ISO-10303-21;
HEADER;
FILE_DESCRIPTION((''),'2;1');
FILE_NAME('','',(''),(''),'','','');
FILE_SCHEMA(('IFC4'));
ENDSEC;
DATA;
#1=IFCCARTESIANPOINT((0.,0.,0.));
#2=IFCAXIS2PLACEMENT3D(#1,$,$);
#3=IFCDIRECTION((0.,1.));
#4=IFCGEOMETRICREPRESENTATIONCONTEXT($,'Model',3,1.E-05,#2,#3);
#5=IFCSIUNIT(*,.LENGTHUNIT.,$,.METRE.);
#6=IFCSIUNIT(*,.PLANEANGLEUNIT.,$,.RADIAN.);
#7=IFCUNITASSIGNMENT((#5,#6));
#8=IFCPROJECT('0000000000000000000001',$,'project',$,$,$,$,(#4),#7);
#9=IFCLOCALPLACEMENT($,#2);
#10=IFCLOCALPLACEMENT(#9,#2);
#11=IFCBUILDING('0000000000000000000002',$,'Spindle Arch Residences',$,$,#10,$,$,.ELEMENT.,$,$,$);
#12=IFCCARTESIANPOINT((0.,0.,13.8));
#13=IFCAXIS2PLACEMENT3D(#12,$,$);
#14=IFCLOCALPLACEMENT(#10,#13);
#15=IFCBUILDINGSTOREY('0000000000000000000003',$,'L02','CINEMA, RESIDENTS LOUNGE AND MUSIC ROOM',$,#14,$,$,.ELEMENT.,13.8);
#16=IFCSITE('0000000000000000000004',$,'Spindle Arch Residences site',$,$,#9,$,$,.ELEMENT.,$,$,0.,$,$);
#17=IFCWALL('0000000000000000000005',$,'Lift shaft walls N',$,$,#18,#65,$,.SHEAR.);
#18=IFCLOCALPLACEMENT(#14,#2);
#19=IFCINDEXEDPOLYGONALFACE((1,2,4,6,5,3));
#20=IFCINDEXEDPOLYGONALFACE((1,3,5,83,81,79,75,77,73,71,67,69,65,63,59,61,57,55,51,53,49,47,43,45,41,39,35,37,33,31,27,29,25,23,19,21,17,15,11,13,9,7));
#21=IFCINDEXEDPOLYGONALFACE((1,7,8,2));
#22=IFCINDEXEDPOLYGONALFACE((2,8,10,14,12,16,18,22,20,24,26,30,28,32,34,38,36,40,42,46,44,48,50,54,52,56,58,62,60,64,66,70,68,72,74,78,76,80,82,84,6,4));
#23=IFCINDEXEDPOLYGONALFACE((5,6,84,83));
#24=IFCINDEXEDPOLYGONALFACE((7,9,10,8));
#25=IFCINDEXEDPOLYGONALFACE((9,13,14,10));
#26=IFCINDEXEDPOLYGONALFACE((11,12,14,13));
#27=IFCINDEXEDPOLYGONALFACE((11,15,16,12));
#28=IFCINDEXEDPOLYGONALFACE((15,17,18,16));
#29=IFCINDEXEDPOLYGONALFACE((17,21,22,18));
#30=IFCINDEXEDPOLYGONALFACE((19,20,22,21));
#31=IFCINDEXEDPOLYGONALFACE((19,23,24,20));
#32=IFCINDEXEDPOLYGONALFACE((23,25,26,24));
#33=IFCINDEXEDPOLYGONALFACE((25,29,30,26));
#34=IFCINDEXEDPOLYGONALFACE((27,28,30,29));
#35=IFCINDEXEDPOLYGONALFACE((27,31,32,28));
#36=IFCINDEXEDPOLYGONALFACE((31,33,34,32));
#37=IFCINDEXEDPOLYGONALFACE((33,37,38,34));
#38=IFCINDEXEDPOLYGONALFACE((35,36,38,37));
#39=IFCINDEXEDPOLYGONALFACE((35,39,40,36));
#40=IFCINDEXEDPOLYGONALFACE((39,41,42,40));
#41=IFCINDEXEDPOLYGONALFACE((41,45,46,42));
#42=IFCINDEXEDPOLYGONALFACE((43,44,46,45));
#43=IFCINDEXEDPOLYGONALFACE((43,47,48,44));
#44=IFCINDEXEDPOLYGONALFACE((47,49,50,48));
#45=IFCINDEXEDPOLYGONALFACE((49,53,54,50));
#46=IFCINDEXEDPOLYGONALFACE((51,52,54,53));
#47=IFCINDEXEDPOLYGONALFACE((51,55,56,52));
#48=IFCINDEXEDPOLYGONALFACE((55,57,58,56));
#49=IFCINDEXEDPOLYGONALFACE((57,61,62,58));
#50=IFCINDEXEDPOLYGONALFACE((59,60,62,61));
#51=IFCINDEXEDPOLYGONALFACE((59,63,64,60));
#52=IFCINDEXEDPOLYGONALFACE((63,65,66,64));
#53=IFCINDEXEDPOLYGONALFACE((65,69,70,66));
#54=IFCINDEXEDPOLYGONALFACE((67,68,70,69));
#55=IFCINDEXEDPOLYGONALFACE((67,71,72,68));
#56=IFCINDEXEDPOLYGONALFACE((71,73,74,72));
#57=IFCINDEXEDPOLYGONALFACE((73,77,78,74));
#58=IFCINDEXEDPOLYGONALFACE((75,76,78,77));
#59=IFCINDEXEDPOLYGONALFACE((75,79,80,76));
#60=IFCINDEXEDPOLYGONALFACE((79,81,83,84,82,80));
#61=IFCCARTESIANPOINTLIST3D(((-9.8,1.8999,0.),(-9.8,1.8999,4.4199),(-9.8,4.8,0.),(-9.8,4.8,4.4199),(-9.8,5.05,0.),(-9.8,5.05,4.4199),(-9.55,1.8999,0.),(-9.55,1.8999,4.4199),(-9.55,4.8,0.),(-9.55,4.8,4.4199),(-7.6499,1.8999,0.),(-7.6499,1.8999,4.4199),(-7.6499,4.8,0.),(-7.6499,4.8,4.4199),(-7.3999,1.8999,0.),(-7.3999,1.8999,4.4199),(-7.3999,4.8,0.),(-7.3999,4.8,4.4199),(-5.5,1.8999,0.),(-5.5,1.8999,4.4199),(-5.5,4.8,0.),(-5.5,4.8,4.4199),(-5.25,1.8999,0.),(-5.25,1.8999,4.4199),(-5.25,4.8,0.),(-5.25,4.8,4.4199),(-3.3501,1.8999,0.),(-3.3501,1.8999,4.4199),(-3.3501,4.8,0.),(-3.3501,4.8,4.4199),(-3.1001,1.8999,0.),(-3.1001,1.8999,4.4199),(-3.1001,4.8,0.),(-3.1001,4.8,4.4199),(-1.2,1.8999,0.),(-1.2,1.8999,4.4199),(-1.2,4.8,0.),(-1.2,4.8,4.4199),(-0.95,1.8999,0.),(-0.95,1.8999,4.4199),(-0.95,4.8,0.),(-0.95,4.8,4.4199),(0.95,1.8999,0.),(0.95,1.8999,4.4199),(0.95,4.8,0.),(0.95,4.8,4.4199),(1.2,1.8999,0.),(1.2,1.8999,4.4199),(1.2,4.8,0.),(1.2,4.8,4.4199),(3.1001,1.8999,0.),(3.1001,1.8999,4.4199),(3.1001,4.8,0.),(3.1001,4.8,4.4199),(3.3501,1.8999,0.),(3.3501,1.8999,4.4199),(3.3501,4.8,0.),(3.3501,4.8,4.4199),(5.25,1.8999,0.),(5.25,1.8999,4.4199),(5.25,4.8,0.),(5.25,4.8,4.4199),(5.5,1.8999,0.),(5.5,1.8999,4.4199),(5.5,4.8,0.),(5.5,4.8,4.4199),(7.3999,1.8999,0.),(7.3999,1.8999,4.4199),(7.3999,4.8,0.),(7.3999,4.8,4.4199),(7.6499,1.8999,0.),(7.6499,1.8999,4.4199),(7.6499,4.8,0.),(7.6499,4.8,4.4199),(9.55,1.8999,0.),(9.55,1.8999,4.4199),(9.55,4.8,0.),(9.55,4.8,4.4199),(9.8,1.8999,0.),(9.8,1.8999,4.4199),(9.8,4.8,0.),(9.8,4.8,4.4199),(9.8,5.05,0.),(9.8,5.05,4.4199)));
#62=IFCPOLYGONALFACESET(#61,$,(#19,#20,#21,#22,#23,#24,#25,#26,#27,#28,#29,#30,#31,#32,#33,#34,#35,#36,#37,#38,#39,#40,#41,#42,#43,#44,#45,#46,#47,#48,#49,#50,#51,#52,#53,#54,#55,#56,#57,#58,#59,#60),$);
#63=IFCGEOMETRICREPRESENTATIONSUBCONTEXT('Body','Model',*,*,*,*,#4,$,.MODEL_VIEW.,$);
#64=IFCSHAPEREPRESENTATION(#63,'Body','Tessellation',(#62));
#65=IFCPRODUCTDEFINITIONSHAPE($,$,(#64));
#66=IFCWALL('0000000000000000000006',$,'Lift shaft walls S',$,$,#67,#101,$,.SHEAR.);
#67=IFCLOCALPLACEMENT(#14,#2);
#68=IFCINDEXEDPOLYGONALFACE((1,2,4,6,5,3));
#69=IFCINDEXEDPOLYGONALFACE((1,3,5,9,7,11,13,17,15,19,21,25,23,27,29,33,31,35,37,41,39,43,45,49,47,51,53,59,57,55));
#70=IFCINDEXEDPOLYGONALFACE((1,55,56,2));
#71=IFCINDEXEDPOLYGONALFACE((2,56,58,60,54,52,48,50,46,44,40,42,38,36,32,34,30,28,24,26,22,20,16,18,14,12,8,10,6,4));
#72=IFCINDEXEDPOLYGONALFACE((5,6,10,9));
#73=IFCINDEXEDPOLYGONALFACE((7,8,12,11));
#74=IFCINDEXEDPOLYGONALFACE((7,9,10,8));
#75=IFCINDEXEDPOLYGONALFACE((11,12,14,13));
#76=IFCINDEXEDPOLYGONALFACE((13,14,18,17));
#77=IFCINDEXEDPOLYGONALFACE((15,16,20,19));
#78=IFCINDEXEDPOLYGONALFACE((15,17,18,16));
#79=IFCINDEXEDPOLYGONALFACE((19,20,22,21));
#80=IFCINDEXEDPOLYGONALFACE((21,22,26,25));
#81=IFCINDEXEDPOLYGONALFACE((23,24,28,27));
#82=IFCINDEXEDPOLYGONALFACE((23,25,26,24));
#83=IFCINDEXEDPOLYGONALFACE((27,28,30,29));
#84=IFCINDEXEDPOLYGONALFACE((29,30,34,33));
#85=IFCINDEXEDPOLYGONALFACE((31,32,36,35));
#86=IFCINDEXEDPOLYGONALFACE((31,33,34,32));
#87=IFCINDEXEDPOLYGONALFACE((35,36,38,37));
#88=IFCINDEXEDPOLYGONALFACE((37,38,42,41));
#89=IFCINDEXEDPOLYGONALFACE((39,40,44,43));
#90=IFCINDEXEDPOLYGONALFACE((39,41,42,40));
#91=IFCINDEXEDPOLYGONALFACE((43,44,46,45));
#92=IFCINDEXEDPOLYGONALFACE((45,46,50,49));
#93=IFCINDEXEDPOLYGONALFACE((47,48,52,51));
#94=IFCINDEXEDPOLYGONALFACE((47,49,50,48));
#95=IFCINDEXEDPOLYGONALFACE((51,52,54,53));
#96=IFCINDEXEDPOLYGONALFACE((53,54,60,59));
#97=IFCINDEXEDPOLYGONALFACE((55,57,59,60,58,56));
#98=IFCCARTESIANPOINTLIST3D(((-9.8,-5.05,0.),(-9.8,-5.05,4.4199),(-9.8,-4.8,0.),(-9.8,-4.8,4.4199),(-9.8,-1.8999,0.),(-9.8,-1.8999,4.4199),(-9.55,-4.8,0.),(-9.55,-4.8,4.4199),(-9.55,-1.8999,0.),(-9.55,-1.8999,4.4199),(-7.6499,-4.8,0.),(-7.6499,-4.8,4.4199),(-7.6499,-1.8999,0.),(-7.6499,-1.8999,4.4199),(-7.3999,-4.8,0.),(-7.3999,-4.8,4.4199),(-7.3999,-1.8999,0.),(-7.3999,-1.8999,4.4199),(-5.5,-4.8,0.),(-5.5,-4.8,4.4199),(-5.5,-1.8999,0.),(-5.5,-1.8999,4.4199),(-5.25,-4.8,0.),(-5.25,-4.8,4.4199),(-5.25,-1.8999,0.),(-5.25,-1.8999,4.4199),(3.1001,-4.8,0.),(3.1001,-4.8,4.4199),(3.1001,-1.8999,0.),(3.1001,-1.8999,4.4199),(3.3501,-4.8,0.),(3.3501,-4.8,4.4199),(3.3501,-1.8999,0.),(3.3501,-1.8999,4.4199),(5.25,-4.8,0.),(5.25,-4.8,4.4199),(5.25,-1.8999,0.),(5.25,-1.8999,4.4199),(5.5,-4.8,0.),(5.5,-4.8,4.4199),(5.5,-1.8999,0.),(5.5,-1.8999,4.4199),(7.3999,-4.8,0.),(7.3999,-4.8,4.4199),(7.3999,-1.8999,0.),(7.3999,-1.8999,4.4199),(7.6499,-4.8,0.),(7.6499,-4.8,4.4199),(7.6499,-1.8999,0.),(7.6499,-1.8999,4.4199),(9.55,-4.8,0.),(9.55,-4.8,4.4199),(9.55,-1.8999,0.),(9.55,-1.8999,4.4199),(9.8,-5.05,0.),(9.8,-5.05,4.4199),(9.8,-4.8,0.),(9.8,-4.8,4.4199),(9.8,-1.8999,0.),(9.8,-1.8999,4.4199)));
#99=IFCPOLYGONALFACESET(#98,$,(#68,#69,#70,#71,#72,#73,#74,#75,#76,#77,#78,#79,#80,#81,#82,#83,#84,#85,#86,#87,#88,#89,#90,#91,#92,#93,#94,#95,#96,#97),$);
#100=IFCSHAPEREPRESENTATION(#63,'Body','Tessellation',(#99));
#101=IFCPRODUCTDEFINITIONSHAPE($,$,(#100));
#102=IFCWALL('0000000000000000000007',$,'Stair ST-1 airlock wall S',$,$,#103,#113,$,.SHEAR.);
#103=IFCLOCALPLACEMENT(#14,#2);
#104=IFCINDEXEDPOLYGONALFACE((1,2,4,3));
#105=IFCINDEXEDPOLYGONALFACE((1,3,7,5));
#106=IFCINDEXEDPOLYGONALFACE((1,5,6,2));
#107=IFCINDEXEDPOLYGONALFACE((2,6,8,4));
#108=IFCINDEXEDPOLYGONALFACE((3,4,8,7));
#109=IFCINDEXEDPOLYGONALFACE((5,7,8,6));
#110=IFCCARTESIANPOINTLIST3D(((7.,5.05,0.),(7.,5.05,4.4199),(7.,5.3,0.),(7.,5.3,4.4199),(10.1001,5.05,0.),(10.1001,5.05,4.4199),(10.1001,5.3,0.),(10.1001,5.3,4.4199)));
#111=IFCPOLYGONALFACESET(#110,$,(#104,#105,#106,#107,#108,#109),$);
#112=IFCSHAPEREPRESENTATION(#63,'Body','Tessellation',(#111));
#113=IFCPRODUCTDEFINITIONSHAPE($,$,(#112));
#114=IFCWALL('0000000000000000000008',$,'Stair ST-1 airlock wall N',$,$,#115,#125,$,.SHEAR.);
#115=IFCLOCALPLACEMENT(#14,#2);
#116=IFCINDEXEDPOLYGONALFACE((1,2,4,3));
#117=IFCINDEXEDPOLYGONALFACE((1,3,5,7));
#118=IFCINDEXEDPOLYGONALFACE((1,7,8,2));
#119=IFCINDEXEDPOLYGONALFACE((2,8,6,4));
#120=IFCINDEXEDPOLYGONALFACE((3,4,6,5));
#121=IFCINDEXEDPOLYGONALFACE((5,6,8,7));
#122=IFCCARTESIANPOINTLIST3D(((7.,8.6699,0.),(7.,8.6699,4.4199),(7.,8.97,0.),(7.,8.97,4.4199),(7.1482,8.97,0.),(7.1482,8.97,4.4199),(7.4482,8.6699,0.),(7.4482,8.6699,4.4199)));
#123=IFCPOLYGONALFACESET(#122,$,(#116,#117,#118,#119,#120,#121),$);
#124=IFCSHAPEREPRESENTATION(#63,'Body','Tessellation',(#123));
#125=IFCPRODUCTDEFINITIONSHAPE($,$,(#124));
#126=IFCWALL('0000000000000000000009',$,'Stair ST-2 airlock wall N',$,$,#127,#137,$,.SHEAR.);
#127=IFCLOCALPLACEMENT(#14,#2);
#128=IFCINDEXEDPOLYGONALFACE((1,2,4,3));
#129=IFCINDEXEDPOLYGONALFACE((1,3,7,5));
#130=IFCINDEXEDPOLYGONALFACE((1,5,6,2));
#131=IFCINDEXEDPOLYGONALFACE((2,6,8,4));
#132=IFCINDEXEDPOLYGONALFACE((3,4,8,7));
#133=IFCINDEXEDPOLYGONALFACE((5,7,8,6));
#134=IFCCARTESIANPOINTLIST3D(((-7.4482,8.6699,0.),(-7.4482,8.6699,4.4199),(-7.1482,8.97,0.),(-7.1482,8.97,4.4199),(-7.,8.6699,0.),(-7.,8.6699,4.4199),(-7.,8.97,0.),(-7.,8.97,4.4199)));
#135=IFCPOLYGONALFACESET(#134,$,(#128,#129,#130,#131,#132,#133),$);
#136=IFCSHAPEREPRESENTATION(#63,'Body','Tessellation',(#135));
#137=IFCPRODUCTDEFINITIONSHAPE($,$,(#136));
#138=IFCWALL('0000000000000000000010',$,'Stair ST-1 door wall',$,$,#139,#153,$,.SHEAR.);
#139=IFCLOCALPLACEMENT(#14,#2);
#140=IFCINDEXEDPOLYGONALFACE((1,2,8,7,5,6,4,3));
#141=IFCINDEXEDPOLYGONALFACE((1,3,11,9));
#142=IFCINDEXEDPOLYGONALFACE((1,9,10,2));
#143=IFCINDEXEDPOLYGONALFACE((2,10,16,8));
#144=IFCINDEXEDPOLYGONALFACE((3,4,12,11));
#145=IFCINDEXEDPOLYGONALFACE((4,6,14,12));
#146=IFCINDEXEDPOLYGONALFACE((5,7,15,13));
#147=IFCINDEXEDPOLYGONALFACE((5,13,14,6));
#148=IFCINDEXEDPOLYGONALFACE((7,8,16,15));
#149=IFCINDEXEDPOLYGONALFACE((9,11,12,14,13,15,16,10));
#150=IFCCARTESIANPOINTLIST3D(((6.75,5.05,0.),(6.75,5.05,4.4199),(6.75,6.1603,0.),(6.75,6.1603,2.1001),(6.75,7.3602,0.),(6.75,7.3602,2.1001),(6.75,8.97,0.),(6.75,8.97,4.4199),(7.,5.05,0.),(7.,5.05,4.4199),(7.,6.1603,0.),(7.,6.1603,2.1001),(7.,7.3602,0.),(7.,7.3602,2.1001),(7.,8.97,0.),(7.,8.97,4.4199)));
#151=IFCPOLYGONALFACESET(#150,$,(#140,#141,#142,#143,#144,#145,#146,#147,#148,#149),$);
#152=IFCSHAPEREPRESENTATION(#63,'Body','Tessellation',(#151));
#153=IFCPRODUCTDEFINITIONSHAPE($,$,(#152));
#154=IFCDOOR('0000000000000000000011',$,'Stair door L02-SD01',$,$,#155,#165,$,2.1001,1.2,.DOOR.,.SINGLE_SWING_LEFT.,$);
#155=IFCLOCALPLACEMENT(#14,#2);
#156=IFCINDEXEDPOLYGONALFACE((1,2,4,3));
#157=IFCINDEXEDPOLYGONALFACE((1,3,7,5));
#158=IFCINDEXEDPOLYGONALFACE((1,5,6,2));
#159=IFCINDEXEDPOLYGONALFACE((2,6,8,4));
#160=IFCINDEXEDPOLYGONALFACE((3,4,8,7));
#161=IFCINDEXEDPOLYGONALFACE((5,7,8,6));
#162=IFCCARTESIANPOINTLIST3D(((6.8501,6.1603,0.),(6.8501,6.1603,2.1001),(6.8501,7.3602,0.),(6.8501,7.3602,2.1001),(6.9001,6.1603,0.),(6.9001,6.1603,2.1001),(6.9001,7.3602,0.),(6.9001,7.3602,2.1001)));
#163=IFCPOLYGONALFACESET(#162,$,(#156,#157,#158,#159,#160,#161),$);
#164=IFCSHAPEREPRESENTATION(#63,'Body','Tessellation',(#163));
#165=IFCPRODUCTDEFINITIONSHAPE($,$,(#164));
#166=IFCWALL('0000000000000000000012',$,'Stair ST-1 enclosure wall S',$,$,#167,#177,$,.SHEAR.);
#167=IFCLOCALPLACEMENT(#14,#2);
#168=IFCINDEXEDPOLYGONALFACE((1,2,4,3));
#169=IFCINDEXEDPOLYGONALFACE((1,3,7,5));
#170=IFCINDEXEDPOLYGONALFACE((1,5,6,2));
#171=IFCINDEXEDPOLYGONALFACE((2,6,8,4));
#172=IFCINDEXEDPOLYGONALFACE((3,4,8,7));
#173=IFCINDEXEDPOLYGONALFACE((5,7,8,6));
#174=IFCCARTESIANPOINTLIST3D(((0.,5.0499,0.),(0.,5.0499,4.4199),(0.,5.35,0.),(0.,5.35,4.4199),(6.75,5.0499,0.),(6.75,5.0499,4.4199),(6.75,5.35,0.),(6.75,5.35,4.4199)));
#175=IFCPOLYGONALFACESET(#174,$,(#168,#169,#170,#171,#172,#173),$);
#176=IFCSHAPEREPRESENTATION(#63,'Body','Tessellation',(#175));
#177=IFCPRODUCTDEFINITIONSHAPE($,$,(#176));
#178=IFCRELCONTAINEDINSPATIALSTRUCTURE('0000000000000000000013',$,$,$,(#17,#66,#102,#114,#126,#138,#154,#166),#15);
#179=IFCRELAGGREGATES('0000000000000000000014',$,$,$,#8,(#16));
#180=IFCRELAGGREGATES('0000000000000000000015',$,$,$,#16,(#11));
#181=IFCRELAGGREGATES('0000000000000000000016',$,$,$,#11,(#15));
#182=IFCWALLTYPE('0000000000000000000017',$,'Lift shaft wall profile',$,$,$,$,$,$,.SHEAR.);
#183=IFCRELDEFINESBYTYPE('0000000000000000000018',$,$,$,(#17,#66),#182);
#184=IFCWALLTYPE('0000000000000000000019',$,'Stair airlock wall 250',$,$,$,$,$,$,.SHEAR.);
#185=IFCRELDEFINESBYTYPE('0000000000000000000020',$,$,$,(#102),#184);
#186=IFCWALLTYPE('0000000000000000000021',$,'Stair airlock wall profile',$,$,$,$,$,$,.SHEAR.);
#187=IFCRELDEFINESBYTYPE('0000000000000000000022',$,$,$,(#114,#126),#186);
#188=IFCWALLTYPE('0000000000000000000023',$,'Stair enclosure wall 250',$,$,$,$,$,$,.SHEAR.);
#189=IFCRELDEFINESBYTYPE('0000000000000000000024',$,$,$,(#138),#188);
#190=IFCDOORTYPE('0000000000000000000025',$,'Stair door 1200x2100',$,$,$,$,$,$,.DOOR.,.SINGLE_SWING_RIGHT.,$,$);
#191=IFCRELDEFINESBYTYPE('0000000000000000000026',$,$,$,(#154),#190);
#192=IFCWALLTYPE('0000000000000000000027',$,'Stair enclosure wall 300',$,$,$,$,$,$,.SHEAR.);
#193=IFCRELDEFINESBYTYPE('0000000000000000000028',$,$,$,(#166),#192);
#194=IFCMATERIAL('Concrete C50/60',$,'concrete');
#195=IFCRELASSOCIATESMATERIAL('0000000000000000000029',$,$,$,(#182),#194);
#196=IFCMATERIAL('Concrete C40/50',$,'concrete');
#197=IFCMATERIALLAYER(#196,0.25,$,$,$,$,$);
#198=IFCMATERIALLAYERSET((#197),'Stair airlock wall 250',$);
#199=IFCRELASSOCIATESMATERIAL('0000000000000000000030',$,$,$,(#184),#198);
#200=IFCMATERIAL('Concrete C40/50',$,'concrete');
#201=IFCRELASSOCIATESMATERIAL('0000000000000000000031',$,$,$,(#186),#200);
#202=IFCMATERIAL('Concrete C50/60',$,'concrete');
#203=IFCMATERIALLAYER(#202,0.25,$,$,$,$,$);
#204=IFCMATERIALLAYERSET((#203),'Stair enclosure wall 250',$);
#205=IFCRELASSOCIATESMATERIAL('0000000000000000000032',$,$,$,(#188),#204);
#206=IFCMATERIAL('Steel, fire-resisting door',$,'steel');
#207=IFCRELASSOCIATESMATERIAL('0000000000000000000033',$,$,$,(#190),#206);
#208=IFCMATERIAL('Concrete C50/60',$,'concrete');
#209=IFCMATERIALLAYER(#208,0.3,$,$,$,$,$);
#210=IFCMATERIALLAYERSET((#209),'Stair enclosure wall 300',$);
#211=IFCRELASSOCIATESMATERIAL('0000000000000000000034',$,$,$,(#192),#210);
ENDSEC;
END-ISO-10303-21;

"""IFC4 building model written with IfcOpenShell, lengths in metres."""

from ifc_helpers import new_model, si_unit, direction, frame, frame_2d, origin, place, context, subcontext, project, spatial, polyline, rectangle, outline, extrude, material, layer, layer_set, type_object, element, fill, save


model = new_model("IFC4")

# Units and contexts
model_context = context("Model", 3, precision=1e-05, world=origin(), true_north=direction((0.0, 1.0)))
body_context = subcontext(model_context, "Body", "Model", "MODEL_VIEW")
ifc_project = project(units=[si_unit("LENGTHUNIT", "METRE"), si_unit("PLANEANGLEUNIT", "RADIAN")], contexts=[model_context])

# Site, building, storey
site_placement = place(None, origin())
site = spatial("IfcSite", under=ifc_project, at=site_placement, Name="Spindle Arch Residences site", CompositionType="ELEMENT", RefElevation=0.0)
building_placement = place(site_placement, origin())
building = spatial("IfcBuilding", under=site, at=building_placement, Name="Spindle Arch Residences", CompositionType="ELEMENT")
storey_placement = place(building_placement, frame((0.0, 0.0, 13.8)))
storey = spatial("IfcBuildingStorey", under=building, at=storey_placement, Name="L02", Description="CINEMA, RESIDENTS LOUNGE AND MUSIC ROOM", CompositionType="ELEMENT", Elevation=13.8)

# Walls
ifc_material_1 = material(Name="Concrete C50/60", Category="concrete")
wall_type_1 = type_object("IfcWallType", Name="Lift shaft wall profile", PredefinedType="SHEAR", material=ifc_material_1)
wall_1_placement = place(storey_placement, origin())
element("IfcWall", 1, at=wall_1_placement, inside=storey, type_object=wall_type_1, Name="Lift shaft walls N", PredefinedType="SHEAR", context=body_context, shape_type="SweptSolid", body=[
    extrude(outline(polyline([(-9.55, 4.8), (-7.6499, 4.8), (-7.6499, 1.8999), (-7.3999, 1.8999), (-7.3999, 4.8), (-5.5, 4.8), (-5.5, 1.8999), (-5.25, 1.8999), (-5.25, 4.8), (-3.3501, 4.8), (-3.3501, 1.8999), (-3.1001, 1.8999), (-3.1001, 4.8), (-1.2, 4.8), (-1.2, 1.8999), (-0.95, 1.8999), (-0.95, 4.8), (0.95, 4.8), (0.95, 1.8999), (1.2, 1.8999), (1.2, 4.8), (3.1001, 4.8), (3.1001, 1.8999), (3.3501, 1.8999), (3.3501, 4.8), (5.25, 4.8), (5.25, 1.8999), (5.5, 1.8999), (5.5, 4.8), (7.3999, 4.8), (7.3999, 1.8999), (7.6499, 1.8999), (7.6499, 4.8), (9.55, 4.8), (9.55, 1.8999), (9.8, 1.8999), (9.8, 4.8), (9.8, 5.05), (-9.8, 5.05), (-9.8, 4.8), (-9.8, 1.8999), (-9.55, 1.8999), (-9.55, 4.8)])), origin(), (0.0, 0.0, 1.0), 4.4199),
])
wall_2_placement = place(storey_placement, origin())
element("IfcWall", 2, at=wall_2_placement, inside=storey, type_object=wall_type_1, Name="Lift shaft walls S", PredefinedType="SHEAR", context=body_context, shape_type="SweptSolid", body=[
    extrude(outline(polyline([(9.8, -5.05), (9.8, -4.8), (9.8, -1.8999), (9.55, -1.8999), (9.55, -4.8), (7.6499, -4.8), (7.6499, -1.8999), (7.3999, -1.8999), (7.3999, -4.8), (5.5, -4.8), (5.5, -1.8999), (5.25, -1.8999), (5.25, -4.8), (3.3501, -4.8), (3.3501, -1.8999), (3.1001, -1.8999), (3.1001, -4.8), (-5.25, -4.8), (-5.25, -1.8999), (-5.5, -1.8999), (-5.5, -4.8), (-7.3999, -4.8), (-7.3999, -1.8999), (-7.6499, -1.8999), (-7.6499, -4.8), (-9.55, -4.8), (-9.55, -1.8999), (-9.8, -1.8999), (-9.8, -4.8), (-9.8, -5.05), (9.8, -5.05)])), origin(), (0.0, 0.0, 1.0), 4.4199),
])
ifc_material_2 = material(Name="Concrete C40/50", Category="concrete")
ifc_layer_1 = layer(ifc_material_2, 0.25)
ifc_layer_set_1 = layer_set([ifc_layer_1], Name="Stair airlock wall 250")
wall_type_2 = type_object("IfcWallType", Name="Stair airlock wall 250", PredefinedType="SHEAR", material=ifc_layer_set_1)
wall_3_placement = place(storey_placement, frame((7.0, 5.175, 0.0), z_axis=(0.0, 0.0, 1.0), x_axis=(1.0, 0.0, 0.0)))
element("IfcWall", 3, at=wall_3_placement, inside=storey, type_object=wall_type_2, Name="Stair ST-1 airlock wall S", PredefinedType="SHEAR", context=body_context, shape_type="SweptSolid", body=[
    extrude(rectangle(XDim=3.1001, YDim=0.25, at=frame_2d((1.55, 0.0))), origin(), (0.0, 0.0, 1.0), 4.4199),
])
ifc_material_3 = material(Name="Concrete C40/50", Category="concrete")
wall_type_3 = type_object("IfcWallType", Name="Stair airlock wall profile", PredefinedType="SHEAR", material=ifc_material_3)
wall_4_placement = place(storey_placement, origin())
element("IfcWall", 4, at=wall_4_placement, inside=storey, type_object=wall_type_3, Name="Stair ST-1 airlock wall N", PredefinedType="SHEAR", context=body_context, shape_type="SweptSolid", body=[
    extrude(outline(polyline([(7.4482, 8.6699), (7.0, 8.6699), (7.0, 8.97), (7.1482, 8.97), (7.4482, 8.6699)])), origin(), (0.0, 0.0, 1.0), 4.4199),
])
wall_5_placement = place(storey_placement, origin())
element("IfcWall", 5, at=wall_5_placement, inside=storey, type_object=wall_type_3, Name="Stair ST-2 airlock wall N", PredefinedType="SHEAR", context=body_context, shape_type="SweptSolid", body=[
    extrude(outline(polyline([(-7.1482, 8.97), (-7.0, 8.97), (-7.0, 8.6699), (-7.4482, 8.6699), (-7.1482, 8.97)])), origin(), (0.0, 0.0, 1.0), 4.4199),
])

# Wall, opening, door
ifc_material_4 = material(Name="Concrete C50/60", Category="concrete")
ifc_layer_2 = layer(ifc_material_4, 0.25)
ifc_layer_set_2 = layer_set([ifc_layer_2], Name="Stair enclosure wall 250")
wall_type_4 = type_object("IfcWallType", Name="Stair enclosure wall 250", PredefinedType="SHEAR", material=ifc_layer_set_2)
wall_6_placement = place(storey_placement, frame((6.875, 5.05, 0.0), z_axis=(0.0, 0.0, 1.0), x_axis=(0.0, 1.0, 0.0)))
wall_6 = element("IfcWall", 6, at=wall_6_placement, inside=storey, type_object=wall_type_4, Name="Stair ST-1 door wall", PredefinedType="SHEAR", context=body_context, shape_type="SweptSolid", body=[
    extrude(rectangle(XDim=3.9199, YDim=0.25, at=frame_2d((1.96, 0.0))), origin(), (0.0, 0.0, 1.0), 4.4199),
])
opening_1_placement = place(wall_6_placement, frame((1.1101, 0.0, 0.0)))
opening_1 = element("IfcOpeningElement", 7, at=opening_1_placement, cuts=wall_6, PredefinedType="OPENING", context=body_context, shape_type="SweptSolid", body=[
    extrude(rectangle(XDim=1.2, YDim=2.1001, at=frame_2d((0.6001, 1.05))), frame((0.0, 0.135, 0.0), z_axis=(0.0, -1.0, 0.0), x_axis=(1.0, 0.0, 0.0)), (0.0, 0.0, 1.0), 0.27),
])
ifc_material_5 = material(Name="Steel, fire-resisting door", Category="steel")
door_type_1 = type_object("IfcDoorType", Name="Stair door 1200x2100", OperationType="SINGLE_SWING_RIGHT", PredefinedType="DOOR", material=ifc_material_5)
door_1_placement = place(opening_1_placement, origin())
door_1 = element("IfcDoor", 8, at=door_1_placement, inside=storey, type_object=door_type_1, Name="Stair door L02-SD01", OperationType="SINGLE_SWING_LEFT", OverallHeight=2.1001, OverallWidth=1.2, PredefinedType="DOOR", context=body_context, shape_type="SweptSolid", body=[
    extrude(rectangle(XDim=1.2, YDim=2.1001, at=frame_2d((0.6001, 1.05))), frame((0.0, 0.0249, 0.0), z_axis=(0.0, -1.0, 0.0), x_axis=(1.0, 0.0, 0.0)), (0.0, 0.0, 1.0), 0.05),
])
fill(opening_1, door_1)

# Wall
ifc_material_6 = material(Name="Concrete C50/60", Category="concrete")
ifc_layer_3 = layer(ifc_material_6, 0.3)
ifc_layer_set_3 = layer_set([ifc_layer_3], Name="Stair enclosure wall 300")
wall_type_5 = type_object("IfcWallType", Name="Stair enclosure wall 300", PredefinedType="SHEAR", material=ifc_layer_set_3)
for number, where, z_axis, x_axis, name in (
    (9, (0.0, 5.2, 0.0), (0.0, 0.0, 1.0), (1.0, 0.0, 0.0), "Stair ST-1 enclosure wall S"),
):
    element("IfcWall", number, at=place(storey_placement, frame(where, z_axis=z_axis, x_axis=x_axis)), inside=storey, type_object=wall_type_5, Name=name, PredefinedType="SHEAR", context=body_context, shape_type="SweptSolid", body=[
        extrude(rectangle(XDim=6.75, YDim=0.3, at=frame_2d((3.375, 0.0))), origin(), (0.0, 0.0, 1.0), 4.4199),
    ])

save(model, "model.ifc")
